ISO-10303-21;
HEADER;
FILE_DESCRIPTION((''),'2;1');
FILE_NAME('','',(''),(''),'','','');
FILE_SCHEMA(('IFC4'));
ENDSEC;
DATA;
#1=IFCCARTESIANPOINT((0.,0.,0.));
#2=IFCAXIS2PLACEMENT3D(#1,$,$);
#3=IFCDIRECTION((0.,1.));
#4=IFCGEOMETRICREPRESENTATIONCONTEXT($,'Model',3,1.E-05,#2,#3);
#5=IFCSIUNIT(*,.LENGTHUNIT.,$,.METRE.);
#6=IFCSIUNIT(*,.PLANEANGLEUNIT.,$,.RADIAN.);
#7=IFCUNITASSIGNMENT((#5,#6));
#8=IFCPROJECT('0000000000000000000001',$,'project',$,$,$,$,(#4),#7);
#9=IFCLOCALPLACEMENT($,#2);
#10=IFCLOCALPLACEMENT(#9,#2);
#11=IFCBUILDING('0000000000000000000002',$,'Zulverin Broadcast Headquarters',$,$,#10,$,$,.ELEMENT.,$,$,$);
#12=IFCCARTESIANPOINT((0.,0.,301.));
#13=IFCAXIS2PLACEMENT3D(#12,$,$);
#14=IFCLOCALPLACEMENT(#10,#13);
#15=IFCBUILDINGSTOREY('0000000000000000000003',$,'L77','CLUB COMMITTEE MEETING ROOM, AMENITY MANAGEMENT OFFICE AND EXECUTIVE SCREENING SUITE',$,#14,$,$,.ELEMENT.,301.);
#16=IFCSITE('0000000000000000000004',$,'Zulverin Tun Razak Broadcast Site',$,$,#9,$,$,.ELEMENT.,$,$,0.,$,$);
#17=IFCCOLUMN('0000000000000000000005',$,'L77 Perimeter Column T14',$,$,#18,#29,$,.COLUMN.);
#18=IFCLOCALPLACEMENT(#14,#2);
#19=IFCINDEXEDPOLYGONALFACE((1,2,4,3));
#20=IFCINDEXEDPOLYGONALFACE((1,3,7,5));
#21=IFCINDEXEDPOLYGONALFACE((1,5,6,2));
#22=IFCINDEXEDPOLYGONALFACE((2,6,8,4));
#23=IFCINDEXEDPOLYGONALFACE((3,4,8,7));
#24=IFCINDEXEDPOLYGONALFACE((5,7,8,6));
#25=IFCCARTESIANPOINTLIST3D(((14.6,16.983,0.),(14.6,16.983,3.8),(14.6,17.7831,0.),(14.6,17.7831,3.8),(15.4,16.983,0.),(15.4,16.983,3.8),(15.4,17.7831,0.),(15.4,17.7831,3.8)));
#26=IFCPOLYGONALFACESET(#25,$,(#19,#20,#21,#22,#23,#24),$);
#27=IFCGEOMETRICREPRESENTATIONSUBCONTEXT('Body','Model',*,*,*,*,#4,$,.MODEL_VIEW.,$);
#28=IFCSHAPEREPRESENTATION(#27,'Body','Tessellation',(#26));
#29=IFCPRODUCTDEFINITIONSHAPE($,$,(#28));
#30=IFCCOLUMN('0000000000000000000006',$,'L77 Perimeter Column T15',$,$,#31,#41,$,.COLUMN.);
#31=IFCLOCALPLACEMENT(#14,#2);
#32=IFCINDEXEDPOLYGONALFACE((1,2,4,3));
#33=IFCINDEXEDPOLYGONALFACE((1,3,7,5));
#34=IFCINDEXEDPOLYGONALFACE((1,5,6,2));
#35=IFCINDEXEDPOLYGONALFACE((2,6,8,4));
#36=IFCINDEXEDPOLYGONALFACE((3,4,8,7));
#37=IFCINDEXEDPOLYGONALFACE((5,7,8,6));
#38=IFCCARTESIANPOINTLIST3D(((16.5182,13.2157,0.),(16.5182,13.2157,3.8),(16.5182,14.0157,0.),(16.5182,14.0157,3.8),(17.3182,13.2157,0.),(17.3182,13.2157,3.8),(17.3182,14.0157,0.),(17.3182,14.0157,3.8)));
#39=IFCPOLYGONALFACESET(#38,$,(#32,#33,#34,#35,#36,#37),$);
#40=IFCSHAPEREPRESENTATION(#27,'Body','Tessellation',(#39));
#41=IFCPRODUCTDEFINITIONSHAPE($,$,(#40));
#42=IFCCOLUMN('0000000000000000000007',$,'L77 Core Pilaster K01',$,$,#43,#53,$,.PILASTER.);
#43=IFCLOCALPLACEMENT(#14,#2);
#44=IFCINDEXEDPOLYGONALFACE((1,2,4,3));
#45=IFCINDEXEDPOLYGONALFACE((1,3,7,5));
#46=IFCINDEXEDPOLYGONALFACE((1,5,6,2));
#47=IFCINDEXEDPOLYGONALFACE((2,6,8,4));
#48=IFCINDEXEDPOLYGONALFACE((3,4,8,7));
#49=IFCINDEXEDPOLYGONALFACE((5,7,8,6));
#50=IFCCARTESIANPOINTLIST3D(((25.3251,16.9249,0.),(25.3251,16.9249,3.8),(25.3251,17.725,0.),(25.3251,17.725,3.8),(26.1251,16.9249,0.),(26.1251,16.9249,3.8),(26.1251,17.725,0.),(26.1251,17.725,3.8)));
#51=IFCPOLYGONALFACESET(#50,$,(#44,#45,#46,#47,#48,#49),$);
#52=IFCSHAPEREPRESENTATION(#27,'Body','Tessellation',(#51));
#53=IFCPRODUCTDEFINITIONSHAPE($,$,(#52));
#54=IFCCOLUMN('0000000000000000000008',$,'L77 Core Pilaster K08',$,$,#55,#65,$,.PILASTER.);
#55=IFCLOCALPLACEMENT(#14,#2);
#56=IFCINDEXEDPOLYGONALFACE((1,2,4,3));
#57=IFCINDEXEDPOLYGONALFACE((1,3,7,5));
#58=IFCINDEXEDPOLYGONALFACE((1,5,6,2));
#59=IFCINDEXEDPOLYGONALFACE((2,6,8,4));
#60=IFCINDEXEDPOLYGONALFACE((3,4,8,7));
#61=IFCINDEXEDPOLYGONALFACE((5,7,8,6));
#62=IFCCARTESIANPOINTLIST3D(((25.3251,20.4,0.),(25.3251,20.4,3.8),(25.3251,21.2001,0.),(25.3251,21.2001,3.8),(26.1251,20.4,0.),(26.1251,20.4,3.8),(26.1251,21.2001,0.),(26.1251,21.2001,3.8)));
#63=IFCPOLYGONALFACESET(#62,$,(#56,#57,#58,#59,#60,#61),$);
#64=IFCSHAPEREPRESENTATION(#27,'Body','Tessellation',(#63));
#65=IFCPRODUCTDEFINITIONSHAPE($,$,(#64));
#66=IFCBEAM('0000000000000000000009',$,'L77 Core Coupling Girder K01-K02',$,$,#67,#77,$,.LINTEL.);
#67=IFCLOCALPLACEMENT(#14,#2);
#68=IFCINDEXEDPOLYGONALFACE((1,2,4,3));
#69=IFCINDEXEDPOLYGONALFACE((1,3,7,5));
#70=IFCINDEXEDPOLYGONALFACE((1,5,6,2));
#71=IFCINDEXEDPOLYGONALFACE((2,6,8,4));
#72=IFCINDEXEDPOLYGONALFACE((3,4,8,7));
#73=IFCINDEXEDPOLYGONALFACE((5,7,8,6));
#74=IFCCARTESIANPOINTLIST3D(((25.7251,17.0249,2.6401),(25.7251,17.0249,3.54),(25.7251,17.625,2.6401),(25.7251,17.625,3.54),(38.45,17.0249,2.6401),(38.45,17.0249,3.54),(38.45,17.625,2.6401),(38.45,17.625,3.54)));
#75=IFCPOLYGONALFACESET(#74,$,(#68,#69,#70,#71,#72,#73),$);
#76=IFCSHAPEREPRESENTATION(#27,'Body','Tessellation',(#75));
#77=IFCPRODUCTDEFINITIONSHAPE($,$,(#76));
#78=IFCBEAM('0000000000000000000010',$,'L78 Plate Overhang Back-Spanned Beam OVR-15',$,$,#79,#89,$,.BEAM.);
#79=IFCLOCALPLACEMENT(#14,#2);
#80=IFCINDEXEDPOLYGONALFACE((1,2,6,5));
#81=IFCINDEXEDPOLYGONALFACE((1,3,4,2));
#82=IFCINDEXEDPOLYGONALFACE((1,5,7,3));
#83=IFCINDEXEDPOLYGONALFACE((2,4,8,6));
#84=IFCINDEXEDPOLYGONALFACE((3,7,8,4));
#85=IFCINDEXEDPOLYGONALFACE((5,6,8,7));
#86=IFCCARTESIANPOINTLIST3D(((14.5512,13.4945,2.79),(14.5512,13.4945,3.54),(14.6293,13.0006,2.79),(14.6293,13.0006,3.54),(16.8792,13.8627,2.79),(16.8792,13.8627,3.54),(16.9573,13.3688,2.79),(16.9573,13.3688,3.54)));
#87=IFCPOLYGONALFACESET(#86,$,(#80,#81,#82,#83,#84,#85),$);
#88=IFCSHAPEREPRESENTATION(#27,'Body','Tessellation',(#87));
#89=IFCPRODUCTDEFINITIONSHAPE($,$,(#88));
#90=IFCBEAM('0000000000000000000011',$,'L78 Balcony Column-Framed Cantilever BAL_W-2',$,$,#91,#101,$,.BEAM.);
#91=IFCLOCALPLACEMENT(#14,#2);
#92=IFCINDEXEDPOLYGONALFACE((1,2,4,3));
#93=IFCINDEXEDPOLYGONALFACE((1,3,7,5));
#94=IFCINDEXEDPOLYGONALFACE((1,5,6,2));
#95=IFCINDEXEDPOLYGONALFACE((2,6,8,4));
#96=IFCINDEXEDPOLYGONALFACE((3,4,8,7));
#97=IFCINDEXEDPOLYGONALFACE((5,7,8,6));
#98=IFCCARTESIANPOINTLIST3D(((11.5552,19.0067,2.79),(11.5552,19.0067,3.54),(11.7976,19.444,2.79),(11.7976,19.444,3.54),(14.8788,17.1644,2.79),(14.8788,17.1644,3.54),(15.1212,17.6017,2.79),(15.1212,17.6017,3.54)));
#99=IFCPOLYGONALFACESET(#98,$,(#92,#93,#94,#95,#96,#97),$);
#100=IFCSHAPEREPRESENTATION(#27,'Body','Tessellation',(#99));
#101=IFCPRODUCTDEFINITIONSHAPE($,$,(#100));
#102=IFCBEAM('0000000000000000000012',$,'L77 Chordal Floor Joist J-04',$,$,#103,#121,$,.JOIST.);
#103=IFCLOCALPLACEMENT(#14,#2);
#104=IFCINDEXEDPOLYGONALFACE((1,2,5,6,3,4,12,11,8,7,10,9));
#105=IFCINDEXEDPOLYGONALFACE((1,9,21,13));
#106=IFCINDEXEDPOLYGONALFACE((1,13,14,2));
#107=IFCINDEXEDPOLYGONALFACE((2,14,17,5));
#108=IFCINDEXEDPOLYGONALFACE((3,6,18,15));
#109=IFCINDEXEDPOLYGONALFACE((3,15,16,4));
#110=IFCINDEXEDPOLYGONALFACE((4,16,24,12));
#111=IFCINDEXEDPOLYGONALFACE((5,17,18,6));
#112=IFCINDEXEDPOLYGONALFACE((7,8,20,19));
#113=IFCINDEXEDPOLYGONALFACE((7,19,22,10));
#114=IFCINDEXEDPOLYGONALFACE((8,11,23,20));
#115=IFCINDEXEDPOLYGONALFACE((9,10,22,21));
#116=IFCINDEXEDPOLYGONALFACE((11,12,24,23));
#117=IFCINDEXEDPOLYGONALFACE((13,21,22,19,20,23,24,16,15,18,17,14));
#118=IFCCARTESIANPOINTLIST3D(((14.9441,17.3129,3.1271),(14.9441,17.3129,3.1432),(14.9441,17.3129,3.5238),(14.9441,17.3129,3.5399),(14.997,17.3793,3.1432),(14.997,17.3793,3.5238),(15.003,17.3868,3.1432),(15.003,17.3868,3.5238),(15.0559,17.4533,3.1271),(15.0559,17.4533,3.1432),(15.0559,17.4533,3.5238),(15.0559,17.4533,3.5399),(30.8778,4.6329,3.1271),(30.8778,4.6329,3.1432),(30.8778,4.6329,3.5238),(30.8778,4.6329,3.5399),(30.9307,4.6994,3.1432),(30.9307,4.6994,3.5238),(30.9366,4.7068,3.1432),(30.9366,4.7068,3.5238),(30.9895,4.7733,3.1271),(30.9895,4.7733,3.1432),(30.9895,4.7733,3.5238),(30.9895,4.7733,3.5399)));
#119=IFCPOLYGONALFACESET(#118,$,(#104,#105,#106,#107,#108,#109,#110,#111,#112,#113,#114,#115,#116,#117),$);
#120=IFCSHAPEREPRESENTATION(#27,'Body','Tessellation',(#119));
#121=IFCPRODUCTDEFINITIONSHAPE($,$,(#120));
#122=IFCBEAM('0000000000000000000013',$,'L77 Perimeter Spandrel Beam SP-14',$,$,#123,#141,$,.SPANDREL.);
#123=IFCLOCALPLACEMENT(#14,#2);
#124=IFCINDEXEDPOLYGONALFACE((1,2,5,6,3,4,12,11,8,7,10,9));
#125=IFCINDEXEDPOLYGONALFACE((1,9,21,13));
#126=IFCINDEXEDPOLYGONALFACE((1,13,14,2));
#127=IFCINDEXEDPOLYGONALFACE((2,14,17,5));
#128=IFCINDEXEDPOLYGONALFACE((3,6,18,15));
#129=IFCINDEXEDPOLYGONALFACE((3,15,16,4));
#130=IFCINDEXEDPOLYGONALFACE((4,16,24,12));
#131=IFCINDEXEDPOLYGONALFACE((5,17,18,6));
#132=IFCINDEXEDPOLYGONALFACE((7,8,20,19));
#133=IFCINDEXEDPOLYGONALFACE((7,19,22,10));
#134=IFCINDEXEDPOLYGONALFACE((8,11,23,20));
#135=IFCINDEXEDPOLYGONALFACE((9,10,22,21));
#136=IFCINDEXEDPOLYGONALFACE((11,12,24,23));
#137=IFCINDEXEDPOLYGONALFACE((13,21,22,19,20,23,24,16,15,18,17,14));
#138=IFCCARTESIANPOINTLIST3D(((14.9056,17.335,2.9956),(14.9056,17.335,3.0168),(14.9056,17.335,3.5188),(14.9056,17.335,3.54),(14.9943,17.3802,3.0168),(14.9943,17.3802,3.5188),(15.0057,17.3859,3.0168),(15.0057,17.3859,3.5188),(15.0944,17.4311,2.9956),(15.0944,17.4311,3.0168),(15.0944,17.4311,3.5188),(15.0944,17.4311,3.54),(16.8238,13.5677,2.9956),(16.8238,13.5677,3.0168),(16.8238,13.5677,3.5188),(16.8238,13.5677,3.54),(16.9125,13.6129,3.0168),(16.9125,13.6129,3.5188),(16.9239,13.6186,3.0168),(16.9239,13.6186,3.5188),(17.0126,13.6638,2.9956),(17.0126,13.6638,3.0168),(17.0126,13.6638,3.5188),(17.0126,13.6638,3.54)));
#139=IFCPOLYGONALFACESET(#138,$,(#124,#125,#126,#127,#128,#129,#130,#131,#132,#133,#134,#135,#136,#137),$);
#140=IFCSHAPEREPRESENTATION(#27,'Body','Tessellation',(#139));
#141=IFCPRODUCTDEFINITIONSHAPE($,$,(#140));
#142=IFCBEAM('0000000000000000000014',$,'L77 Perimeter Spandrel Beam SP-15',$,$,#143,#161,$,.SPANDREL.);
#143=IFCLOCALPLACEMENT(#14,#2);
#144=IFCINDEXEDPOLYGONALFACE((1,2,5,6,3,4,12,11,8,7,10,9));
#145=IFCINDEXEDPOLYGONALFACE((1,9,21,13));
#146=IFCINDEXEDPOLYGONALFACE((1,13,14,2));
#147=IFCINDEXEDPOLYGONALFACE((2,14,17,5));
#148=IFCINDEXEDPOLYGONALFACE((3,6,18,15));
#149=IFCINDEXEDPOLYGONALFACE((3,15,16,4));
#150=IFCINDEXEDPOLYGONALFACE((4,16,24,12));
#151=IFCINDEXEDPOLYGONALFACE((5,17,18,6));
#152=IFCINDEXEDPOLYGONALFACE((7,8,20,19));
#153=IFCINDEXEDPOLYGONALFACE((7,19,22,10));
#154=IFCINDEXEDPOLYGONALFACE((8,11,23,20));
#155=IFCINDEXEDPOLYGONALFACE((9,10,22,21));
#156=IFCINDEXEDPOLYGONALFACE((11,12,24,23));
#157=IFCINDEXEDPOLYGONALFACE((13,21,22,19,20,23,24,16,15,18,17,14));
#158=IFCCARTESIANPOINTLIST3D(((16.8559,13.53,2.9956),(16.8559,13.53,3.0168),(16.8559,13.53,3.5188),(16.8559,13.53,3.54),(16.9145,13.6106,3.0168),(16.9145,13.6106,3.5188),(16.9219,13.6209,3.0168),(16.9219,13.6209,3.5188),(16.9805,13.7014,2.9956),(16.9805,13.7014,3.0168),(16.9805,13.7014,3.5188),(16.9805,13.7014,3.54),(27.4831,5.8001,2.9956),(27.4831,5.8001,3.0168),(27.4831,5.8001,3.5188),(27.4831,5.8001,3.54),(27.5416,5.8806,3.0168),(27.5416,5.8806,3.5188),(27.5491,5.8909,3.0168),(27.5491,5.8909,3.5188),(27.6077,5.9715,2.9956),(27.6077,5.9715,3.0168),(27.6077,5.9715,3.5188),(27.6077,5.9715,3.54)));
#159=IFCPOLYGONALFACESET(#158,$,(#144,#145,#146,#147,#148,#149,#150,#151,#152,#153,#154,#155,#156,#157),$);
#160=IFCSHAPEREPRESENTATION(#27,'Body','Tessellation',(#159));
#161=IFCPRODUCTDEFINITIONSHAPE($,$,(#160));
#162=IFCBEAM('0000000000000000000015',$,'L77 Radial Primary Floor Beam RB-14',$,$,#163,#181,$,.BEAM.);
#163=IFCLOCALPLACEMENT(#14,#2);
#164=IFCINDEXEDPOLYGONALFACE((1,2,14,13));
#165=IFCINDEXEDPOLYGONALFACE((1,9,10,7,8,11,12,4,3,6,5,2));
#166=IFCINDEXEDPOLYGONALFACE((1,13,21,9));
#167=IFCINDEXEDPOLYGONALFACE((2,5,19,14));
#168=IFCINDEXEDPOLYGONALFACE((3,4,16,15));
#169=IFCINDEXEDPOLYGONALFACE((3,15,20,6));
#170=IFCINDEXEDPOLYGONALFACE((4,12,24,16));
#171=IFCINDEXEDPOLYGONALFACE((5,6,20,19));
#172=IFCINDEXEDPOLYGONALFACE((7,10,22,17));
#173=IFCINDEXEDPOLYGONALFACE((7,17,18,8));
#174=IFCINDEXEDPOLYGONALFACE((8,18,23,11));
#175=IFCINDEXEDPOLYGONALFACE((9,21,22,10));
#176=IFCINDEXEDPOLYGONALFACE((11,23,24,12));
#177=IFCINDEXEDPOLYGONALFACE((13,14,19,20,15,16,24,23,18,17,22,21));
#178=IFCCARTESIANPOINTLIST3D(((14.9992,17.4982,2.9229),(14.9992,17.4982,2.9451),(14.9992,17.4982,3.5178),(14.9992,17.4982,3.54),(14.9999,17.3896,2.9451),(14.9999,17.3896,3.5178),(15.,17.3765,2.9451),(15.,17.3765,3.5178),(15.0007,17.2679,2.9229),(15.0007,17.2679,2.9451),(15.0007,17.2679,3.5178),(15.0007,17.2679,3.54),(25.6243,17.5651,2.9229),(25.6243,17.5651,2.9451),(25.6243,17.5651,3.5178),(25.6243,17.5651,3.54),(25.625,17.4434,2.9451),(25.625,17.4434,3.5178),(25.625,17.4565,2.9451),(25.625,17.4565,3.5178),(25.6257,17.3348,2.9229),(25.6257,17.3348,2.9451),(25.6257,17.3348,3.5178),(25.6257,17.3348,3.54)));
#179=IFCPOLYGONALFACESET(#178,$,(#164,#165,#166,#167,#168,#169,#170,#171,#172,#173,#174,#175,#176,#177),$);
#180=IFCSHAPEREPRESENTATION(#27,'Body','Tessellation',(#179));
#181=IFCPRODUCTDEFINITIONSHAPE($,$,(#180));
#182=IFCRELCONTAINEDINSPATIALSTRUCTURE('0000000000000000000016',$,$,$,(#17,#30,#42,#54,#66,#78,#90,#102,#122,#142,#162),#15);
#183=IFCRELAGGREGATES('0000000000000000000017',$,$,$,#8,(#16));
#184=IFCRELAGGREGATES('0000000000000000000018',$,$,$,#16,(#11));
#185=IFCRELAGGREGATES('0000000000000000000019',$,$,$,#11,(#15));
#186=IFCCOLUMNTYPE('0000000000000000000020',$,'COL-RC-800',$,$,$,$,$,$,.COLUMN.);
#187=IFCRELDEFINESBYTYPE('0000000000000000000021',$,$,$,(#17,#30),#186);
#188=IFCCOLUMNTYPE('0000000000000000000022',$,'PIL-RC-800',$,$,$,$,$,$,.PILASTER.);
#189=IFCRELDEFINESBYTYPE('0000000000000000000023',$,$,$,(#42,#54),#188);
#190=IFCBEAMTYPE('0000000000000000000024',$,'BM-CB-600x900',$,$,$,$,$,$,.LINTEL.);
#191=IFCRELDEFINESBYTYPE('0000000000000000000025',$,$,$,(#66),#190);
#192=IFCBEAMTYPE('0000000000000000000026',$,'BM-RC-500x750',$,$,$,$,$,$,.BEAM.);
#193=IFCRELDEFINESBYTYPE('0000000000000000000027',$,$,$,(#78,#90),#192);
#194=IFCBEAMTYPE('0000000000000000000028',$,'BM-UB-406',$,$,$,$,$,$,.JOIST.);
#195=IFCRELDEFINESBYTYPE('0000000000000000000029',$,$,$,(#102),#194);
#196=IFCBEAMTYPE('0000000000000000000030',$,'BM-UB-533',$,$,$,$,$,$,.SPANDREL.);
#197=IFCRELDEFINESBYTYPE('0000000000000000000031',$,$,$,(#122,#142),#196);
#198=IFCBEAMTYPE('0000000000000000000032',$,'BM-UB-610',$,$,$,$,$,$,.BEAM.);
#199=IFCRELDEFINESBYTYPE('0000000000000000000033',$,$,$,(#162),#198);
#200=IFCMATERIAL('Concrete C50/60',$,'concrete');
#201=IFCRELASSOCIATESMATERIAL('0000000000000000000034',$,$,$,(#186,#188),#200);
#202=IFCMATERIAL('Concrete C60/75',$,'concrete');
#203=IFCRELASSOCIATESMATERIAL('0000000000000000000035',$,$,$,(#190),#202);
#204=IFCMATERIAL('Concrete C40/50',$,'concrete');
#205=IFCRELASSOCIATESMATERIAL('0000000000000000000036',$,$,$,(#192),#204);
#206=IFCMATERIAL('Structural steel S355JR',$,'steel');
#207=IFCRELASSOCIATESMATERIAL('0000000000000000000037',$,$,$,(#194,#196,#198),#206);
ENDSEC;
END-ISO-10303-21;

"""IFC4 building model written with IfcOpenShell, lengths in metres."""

from ifc_helpers import new_model, si_unit, direction, frame, origin, origin_2d, place, context, subcontext, project, spatial, rectangle, i_section, extrude, material, material_profile, profile_set, type_object, element, save


model = new_model("IFC4")

# Units and contexts
model_context = context("Model", 3, precision=1e-05, world=origin(), true_north=direction((0.0, 1.0)))
body_context = subcontext(model_context, "Body", "Model", "MODEL_VIEW")
ifc_project = project(units=[si_unit("LENGTHUNIT", "METRE"), si_unit("PLANEANGLEUNIT", "RADIAN")], contexts=[model_context])

# Site, building, storey
site_placement = place(None, origin())
site = spatial("IfcSite", under=ifc_project, at=site_placement, Name="Zulverin Tun Razak Broadcast Site", CompositionType="ELEMENT", RefElevation=0.0)
building_placement = place(site_placement, origin())
building = spatial("IfcBuilding", under=site, at=building_placement, Name="Zulverin Broadcast Headquarters", CompositionType="ELEMENT")
storey_placement = place(building_placement, frame((0.0, 0.0, 301.0)))
storey = spatial("IfcBuildingStorey", under=building, at=storey_placement, Name="L77", Description="CLUB COMMITTEE MEETING ROOM, AMENITY MANAGEMENT OFFICE AND EXECUTIVE SCREENING SUITE", CompositionType="ELEMENT", Elevation=301.0)

# Columns
ifc_material_1 = material(Name="Concrete C50/60", Category="concrete")
ifc_material_profile_1 = material_profile(ifc_material_1, rectangle(XDim=0.8, YDim=0.8, at=origin_2d()), Name="Concrete C50/60", Category="concrete")
ifc_profile_set_1 = profile_set([ifc_material_profile_1], Name="Concrete C50/60")
column_type_1 = type_object("IfcColumnType", Name="COL-RC-800", PredefinedType="COLUMN", material=ifc_profile_set_1)
for number, where, z_axis, x_axis, name in (
    (1, (15.0, 17.3831, 0.0), (0.0, 0.0, 1.0), (1.0, 0.0, 0.0), "L77 Perimeter Column T14"),
    (2, (16.9182, 13.6157, 0.0), (0.0, 0.0, 1.0), (1.0, 0.0, 0.0), "L77 Perimeter Column T15"),
):
    element("IfcColumn", number, at=place(storey_placement, frame(where, z_axis=z_axis, x_axis=x_axis)), inside=storey, type_object=column_type_1, Name=name, PredefinedType="COLUMN", context=body_context, shape_type="SweptSolid", body=[
        extrude(rectangle(XDim=0.8, YDim=0.8, at=origin_2d()), origin(), (0.0, 0.0, 1.0), 3.8),
    ])
ifc_material_profile_2 = material_profile(ifc_material_1, rectangle(XDim=0.8, YDim=0.8, at=origin_2d()), Name="Concrete C50/60", Category="concrete")
ifc_profile_set_2 = profile_set([ifc_material_profile_2], Name="Concrete C50/60")
column_type_2 = type_object("IfcColumnType", Name="PIL-RC-800", PredefinedType="PILASTER", material=ifc_profile_set_2)
for number, where, z_axis, x_axis, name in (
    (3, (25.7251, 17.325, 0.0), (0.0, 0.0, 1.0), (1.0, 0.0, 0.0), "L77 Core Pilaster K01"),
    (4, (25.7251, 20.8, 0.0), (0.0, 0.0, 1.0), (1.0, 0.0, 0.0), "L77 Core Pilaster K08"),
):
    element("IfcColumn", number, at=place(storey_placement, frame(where, z_axis=z_axis, x_axis=x_axis)), inside=storey, type_object=column_type_2, Name=name, PredefinedType="PILASTER", context=body_context, shape_type="SweptSolid", body=[
        extrude(rectangle(XDim=0.8, YDim=0.8, at=origin_2d()), origin(), (0.0, 0.0, 1.0), 3.8),
    ])

# Beams
ifc_material_2 = material(Name="Concrete C60/75", Category="concrete")
ifc_material_profile_3 = material_profile(ifc_material_2, rectangle(XDim=0.6001, YDim=0.8999, at=origin_2d()), Name="Concrete C60/75", Category="concrete")
ifc_profile_set_3 = profile_set([ifc_material_profile_3], Name="Concrete C60/75")
beam_type_1 = type_object("IfcBeamType", Name="BM-CB-600x900", PredefinedType="LINTEL", material=ifc_profile_set_3)
beam_1_placement = place(storey_placement, frame((25.7251, 17.325, 3.0901), z_axis=(1.0, 0.0, 0.0), x_axis=(0.0, 1.0, 0.0)))
element("IfcBeam", 5, at=beam_1_placement, inside=storey, type_object=beam_type_1, Name="L77 Core Coupling Girder K01-K02", PredefinedType="LINTEL", context=body_context, shape_type="SweptSolid", body=[
    extrude(rectangle(XDim=0.6001, YDim=0.8999, at=origin_2d()), origin(), (0.0, 0.0, 1.0), 12.7249),
])
ifc_material_3 = material(Name="Concrete C40/50", Category="concrete")
ifc_material_profile_4 = material_profile(ifc_material_3, rectangle(XDim=0.5, YDim=0.75, at=origin_2d()), Name="Concrete C40/50", Category="concrete")
ifc_profile_set_4 = profile_set([ifc_material_profile_4], Name="Concrete C40/50")
beam_type_2 = type_object("IfcBeamType", Name="BM-RC-500x750", PredefinedType="BEAM", material=ifc_profile_set_4)
beam_2_placement = place(storey_placement, frame((16.9182, 13.6157, 3.165), z_axis=(-0.987723, -0.156213, 0.0), x_axis=(0.156213, -0.987723, 0.0)))
element("IfcBeam", 6, at=beam_2_placement, inside=storey, type_object=beam_type_2, Name="L78 Plate Overhang Back-Spanned Beam OVR-15", PredefinedType="BEAM", context=body_context, shape_type="SweptSolid", body=[
    extrude(rectangle(XDim=0.5, YDim=0.75, at=origin_2d()), origin(), (0.0, 0.0, 1.0), 2.3569),
])
beam_3_placement = place(storey_placement, frame((15.0, 17.3831, 3.165), z_axis=(-0.874615, 0.484819, 0.0), x_axis=(-0.484819, -0.874615, 0.0)))
element("IfcBeam", 7, at=beam_3_placement, inside=storey, type_object=beam_type_2, Name="L78 Balcony Column-Framed Cantilever BAL_W-2", PredefinedType="BEAM", context=body_context, shape_type="SweptSolid", body=[
    extrude(rectangle(XDim=0.5, YDim=0.75, at=origin_2d()), origin(), (0.0, 0.0, 1.0), 3.8),
])
ifc_material_4 = material(Name="Structural steel S355JR", Category="steel")
ifc_material_profile_5 = material_profile(ifc_material_4, i_section(OverallWidth=0.1794, OverallDepth=0.4128, WebThickness=0.0095, FlangeThickness=0.0161, at=origin_2d()), Name="Structural steel S355JR", Category="steel")
ifc_profile_set_5 = profile_set([ifc_material_profile_5], Name="Structural steel S355JR")
beam_type_3 = type_object("IfcBeamType", Name="BM-UB-406", PredefinedType="JOIST", material=ifc_profile_set_5)
beam_4_placement = place(storey_placement, frame((15.0, 17.3831, 3.3335), z_axis=(0.78247, -0.622688, 0.0), x_axis=(0.622688, 0.78247, 0.0)))
element("IfcBeam", 8, at=beam_4_placement, inside=storey, type_object=beam_type_3, Name="L77 Chordal Floor Joist J-04", PredefinedType="JOIST", context=body_context, shape_type="SweptSolid", body=[
    extrude(i_section(OverallWidth=0.1794, OverallDepth=0.4128, WebThickness=0.0095, FlangeThickness=0.0161, at=origin_2d()), origin(), (0.0, 0.0, 1.0), 20.3633),
])
ifc_material_profile_6 = material_profile(ifc_material_4, i_section(OverallWidth=0.2119, OverallDepth=0.5444, WebThickness=0.0127, FlangeThickness=0.0212, at=origin_2d()), Name="Structural steel S355JR", Category="steel")
ifc_profile_set_6 = profile_set([ifc_material_profile_6], Name="Structural steel S355JR")
beam_type_4 = type_object("IfcBeamType", Name="BM-UB-533", PredefinedType="SPANDREL", material=ifc_profile_set_6)
beam_5_placement = place(storey_placement, frame((15.0, 17.3831, 3.2678), z_axis=(0.453739, -0.891135, 0.0), x_axis=(0.891135, 0.453739, 0.0)))
element("IfcBeam", 9, at=beam_5_placement, inside=storey, type_object=beam_type_4, Name="L77 Perimeter Spandrel Beam SP-14", PredefinedType="SPANDREL", context=body_context, shape_type="SweptSolid", body=[
    extrude(i_section(OverallWidth=0.2119, OverallDepth=0.5444, WebThickness=0.0127, FlangeThickness=0.0212, at=origin_2d()), origin(), (0.0, 0.0, 1.0), 4.2275),
])
beam_6_placement = place(storey_placement, frame((16.9182, 13.6157, 3.2678), z_axis=(0.808696, -0.588227, 0.0), x_axis=(0.588227, 0.808696, 0.0)))
element("IfcBeam", 10, at=beam_6_placement, inside=storey, type_object=beam_type_4, Name="L77 Perimeter Spandrel Beam SP-15", PredefinedType="SPANDREL", context=body_context, shape_type="SweptSolid", body=[
    extrude(i_section(OverallWidth=0.2119, OverallDepth=0.5444, WebThickness=0.0127, FlangeThickness=0.0212, at=origin_2d()), origin(), (0.0, 0.0, 1.0), 13.1411),
])
ifc_material_profile_7 = material_profile(ifc_material_4, i_section(OverallWidth=0.2302, OverallDepth=0.6172, WebThickness=0.0132, FlangeThickness=0.0222, at=origin_2d()), Name="Structural steel S355JR", Category="steel")
ifc_profile_set_7 = profile_set([ifc_material_profile_7], Name="Structural steel S355JR")
beam_type_5 = type_object("IfcBeamType", Name="BM-UB-610", PredefinedType="BEAM", material=ifc_profile_set_7)
beam_7_placement = place(storey_placement, frame((25.625, 17.45, 3.2314), z_axis=(-0.99998, -0.006296, 0.0), x_axis=(0.006296, -0.99998, 0.0)))
element("IfcBeam", 11, at=beam_7_placement, inside=storey, type_object=beam_type_5, Name="L77 Radial Primary Floor Beam RB-14", PredefinedType="BEAM", context=body_context, shape_type="SweptSolid", body=[
    extrude(i_section(OverallWidth=0.2302, OverallDepth=0.6172, WebThickness=0.0132, FlangeThickness=0.0222, at=origin_2d()), origin(), (0.0, 0.0, 1.0), 10.6252),
])

save(model, "model.ifc")
